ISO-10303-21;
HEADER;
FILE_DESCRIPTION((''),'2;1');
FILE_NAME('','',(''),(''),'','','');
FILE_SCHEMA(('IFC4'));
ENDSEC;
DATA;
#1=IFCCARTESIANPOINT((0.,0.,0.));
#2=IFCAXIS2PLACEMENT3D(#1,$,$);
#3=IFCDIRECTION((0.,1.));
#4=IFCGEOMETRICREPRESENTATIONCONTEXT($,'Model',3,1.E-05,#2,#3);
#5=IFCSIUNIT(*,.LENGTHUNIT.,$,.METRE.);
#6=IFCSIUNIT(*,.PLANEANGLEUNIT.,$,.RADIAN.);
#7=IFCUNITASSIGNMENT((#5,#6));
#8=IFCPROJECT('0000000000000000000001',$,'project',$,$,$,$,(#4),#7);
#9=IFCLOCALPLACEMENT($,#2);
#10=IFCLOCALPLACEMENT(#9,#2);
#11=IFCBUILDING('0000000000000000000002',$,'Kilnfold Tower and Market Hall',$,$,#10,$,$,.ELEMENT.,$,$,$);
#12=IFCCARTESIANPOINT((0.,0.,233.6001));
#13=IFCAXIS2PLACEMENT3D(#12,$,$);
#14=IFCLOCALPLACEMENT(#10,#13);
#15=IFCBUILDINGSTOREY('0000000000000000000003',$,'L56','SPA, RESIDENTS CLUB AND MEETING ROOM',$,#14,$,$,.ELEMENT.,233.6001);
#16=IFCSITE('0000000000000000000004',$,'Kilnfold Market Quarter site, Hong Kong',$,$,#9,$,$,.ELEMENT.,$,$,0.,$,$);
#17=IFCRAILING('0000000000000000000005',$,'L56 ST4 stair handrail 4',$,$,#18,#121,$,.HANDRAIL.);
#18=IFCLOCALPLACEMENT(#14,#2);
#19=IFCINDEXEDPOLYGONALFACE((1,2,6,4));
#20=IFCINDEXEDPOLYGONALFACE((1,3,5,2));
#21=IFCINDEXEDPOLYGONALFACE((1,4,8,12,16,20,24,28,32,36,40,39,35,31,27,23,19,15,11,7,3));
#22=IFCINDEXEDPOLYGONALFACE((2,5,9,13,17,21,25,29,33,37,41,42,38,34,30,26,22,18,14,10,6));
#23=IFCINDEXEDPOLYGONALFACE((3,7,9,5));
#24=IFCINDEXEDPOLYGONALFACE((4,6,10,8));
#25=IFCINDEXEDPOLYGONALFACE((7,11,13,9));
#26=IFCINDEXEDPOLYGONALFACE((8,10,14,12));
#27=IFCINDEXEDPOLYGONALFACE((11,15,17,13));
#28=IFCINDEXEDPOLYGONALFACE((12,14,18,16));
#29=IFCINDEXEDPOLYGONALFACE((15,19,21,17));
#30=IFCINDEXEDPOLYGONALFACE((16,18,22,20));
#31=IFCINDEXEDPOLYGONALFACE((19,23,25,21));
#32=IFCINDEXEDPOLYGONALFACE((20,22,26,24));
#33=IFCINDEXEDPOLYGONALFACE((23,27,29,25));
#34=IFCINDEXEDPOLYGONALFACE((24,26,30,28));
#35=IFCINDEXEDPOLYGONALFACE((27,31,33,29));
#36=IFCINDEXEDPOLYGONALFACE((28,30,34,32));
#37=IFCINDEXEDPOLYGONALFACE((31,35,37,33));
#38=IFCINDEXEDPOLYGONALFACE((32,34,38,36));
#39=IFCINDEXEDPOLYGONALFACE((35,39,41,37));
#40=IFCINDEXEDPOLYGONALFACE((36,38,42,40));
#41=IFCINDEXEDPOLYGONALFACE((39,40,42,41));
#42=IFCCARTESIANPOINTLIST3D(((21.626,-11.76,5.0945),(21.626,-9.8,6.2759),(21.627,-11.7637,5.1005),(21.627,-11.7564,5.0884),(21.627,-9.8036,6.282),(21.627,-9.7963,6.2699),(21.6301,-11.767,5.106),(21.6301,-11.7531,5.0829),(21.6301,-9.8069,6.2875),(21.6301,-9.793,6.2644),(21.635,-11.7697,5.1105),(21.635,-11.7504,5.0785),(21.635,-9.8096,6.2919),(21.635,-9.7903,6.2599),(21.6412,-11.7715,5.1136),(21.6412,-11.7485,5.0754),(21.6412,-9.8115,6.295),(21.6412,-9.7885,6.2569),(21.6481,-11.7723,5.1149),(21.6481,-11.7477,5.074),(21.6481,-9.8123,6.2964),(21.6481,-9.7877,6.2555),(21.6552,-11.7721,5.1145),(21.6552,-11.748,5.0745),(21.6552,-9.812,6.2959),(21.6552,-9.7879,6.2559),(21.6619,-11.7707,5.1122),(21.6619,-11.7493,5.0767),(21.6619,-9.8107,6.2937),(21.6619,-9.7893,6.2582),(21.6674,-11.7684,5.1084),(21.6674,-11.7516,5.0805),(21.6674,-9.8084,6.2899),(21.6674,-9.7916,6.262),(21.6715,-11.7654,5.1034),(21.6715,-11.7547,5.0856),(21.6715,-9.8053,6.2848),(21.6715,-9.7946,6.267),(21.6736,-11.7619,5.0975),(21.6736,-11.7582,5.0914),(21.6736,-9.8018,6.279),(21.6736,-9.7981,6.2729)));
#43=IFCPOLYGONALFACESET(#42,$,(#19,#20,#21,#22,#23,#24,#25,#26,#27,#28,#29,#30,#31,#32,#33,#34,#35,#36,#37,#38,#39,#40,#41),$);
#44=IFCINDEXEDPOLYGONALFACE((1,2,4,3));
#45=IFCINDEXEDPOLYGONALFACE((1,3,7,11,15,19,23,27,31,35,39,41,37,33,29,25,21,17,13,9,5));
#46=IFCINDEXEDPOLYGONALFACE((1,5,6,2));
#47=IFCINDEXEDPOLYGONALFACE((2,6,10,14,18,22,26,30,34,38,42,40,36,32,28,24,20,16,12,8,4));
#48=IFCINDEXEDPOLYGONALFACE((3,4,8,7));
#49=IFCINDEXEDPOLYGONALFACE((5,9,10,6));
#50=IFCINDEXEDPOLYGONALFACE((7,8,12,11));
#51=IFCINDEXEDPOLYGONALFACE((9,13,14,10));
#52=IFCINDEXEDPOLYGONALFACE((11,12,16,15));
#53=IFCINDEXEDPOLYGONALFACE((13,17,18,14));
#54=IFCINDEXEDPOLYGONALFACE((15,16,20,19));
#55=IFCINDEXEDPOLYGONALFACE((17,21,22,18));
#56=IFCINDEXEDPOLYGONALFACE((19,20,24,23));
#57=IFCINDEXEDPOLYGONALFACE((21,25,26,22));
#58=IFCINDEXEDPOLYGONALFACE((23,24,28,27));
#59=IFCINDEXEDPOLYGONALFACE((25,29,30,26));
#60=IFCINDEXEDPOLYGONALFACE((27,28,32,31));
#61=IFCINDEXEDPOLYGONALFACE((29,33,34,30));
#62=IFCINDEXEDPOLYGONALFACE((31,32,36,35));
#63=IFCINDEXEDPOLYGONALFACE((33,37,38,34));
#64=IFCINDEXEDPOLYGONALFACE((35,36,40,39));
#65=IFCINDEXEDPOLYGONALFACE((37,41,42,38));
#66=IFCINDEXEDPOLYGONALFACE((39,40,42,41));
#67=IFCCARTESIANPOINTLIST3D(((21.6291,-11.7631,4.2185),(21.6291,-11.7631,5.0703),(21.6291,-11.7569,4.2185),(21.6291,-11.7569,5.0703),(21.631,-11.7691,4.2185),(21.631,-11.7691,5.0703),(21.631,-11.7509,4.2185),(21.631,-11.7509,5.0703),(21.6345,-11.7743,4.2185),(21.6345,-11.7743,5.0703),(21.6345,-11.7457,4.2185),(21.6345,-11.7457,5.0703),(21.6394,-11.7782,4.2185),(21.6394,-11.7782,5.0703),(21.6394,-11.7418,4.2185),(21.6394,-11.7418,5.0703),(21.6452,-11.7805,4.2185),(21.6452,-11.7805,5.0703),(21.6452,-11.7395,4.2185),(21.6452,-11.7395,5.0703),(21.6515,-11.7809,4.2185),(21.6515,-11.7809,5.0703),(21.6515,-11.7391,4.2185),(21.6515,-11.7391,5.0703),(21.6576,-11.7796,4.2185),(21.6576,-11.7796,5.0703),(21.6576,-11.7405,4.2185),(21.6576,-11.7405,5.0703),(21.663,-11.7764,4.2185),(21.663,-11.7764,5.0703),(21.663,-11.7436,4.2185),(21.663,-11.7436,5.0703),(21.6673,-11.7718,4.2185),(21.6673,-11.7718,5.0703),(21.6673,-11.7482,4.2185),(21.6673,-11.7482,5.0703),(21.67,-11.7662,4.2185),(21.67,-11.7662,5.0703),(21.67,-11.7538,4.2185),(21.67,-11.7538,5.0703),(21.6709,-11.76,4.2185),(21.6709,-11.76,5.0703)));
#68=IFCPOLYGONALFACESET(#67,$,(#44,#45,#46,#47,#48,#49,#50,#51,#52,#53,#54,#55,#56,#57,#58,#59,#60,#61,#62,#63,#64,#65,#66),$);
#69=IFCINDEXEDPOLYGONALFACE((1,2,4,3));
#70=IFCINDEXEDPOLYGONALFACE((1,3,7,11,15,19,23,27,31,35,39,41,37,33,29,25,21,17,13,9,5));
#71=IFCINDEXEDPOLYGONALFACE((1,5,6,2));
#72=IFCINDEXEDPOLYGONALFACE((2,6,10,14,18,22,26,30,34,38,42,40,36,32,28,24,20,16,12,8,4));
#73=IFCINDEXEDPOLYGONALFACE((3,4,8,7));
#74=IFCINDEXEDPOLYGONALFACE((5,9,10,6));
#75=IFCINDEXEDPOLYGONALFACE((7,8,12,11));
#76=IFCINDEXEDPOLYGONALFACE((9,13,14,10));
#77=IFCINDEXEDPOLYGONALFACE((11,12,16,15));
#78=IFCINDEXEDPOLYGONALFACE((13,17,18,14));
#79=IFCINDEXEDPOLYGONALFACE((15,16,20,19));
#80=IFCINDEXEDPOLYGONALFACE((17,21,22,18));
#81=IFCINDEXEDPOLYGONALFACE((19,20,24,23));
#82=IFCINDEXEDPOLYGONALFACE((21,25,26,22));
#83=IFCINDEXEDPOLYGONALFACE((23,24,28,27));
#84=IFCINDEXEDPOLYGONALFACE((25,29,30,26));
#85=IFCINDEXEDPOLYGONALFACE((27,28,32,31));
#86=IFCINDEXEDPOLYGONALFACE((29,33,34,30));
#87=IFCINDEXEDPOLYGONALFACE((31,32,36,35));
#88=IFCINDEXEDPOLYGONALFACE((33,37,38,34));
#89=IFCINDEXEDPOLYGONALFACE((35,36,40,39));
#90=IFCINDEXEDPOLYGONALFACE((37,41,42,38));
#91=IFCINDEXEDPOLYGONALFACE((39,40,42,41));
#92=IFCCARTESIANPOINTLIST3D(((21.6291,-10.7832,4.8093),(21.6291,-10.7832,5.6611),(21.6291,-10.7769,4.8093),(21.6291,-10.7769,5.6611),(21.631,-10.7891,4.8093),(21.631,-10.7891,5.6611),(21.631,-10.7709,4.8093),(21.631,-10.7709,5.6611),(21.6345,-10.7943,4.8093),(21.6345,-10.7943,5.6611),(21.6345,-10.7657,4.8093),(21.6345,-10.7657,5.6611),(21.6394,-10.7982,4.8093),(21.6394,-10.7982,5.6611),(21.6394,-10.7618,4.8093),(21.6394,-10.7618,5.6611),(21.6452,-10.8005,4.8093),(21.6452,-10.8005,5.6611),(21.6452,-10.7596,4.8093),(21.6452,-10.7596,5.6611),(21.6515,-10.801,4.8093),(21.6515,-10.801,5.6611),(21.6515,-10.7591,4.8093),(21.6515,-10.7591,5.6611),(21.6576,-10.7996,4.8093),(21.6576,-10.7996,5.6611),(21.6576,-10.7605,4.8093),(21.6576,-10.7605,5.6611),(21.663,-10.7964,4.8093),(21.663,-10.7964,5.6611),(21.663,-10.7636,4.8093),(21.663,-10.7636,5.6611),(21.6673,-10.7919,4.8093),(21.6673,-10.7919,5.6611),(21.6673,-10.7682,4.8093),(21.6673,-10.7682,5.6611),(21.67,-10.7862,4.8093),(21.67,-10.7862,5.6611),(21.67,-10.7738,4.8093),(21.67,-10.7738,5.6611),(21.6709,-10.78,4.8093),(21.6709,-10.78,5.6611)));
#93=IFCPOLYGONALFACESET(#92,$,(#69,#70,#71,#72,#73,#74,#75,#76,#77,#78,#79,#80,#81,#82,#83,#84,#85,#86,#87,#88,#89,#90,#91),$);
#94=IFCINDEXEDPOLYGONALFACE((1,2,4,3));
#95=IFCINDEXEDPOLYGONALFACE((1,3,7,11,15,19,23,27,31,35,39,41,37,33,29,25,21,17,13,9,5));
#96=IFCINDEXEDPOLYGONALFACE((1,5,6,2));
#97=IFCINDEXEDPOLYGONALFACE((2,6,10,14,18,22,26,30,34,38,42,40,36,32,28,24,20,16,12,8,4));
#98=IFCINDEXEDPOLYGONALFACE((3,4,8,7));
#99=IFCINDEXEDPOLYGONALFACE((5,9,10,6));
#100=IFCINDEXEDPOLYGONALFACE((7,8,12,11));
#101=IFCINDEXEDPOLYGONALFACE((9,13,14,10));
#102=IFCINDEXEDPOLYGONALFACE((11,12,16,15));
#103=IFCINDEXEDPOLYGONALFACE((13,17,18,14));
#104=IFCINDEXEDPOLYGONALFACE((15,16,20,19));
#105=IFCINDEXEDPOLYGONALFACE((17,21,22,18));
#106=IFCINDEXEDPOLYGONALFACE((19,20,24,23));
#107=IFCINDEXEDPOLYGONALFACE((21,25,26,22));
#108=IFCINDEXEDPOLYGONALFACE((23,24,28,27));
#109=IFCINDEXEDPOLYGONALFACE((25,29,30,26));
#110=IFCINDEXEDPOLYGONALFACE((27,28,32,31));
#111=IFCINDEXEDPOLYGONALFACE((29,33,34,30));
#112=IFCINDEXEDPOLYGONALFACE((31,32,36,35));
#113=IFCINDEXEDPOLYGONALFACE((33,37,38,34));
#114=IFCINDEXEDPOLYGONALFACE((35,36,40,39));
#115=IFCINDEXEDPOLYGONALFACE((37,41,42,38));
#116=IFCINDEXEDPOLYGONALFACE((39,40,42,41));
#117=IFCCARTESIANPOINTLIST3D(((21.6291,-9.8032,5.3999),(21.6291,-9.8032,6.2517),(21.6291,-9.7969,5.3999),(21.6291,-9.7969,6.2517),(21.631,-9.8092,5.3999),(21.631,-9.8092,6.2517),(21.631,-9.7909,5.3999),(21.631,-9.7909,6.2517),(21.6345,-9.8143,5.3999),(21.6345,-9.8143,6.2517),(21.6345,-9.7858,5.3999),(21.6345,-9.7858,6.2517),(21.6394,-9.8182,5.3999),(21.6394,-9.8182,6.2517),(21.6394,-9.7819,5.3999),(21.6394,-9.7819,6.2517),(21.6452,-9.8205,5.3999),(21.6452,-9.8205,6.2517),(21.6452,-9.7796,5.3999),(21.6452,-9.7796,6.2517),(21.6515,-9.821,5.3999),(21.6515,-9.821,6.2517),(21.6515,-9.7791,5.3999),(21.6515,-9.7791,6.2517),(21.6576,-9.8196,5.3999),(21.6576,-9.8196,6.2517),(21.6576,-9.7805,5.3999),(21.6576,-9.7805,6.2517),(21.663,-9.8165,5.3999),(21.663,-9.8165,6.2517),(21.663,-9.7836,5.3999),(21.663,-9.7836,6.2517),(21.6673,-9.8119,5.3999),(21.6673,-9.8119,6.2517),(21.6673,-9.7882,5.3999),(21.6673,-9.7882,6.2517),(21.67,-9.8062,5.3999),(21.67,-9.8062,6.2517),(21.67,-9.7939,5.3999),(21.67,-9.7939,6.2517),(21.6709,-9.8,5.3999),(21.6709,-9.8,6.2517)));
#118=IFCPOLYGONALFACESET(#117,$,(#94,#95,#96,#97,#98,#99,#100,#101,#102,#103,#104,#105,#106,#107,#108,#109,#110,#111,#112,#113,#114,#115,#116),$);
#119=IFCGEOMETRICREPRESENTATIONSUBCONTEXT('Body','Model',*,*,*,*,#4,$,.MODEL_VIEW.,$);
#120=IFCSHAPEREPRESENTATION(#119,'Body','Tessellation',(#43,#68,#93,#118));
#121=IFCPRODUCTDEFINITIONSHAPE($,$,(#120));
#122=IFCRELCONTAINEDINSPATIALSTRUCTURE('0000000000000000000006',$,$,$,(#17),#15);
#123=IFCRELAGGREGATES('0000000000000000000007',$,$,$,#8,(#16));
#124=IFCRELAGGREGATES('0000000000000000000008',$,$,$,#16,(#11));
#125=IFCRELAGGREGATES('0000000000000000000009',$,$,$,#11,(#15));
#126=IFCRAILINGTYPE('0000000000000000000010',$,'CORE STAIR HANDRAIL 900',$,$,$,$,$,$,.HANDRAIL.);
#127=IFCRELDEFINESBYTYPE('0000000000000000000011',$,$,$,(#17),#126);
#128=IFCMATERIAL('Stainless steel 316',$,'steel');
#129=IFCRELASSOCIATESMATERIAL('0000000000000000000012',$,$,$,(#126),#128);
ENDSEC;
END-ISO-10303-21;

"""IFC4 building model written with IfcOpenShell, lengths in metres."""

from ifc_helpers import new_model, si_unit, direction, frame, origin, origin_2d, place, context, subcontext, project, spatial, circle, extrude, material, type_object, element, save


model = new_model("IFC4")

# Units and contexts
model_context = context("Model", 3, precision=1e-05, world=origin(), true_north=direction((0.0, 1.0)))
body_context = subcontext(model_context, "Body", "Model", "MODEL_VIEW")
ifc_project = project(units=[si_unit("LENGTHUNIT", "METRE"), si_unit("PLANEANGLEUNIT", "RADIAN")], contexts=[model_context])

# Site, building, storey
site_placement = place(None, origin())
site = spatial("IfcSite", under=ifc_project, at=site_placement, Name="Kilnfold Market Quarter site, Hong Kong", CompositionType="ELEMENT", RefElevation=0.0)
building_placement = place(site_placement, origin())
building = spatial("IfcBuilding", under=site, at=building_placement, Name="Kilnfold Tower and Market Hall", CompositionType="ELEMENT")
storey_placement = place(building_placement, frame((0.0, 0.0, 233.6001)))
storey = spatial("IfcBuildingStorey", under=building, at=storey_placement, Name="L56", Description="SPA, RESIDENTS CLUB AND MEETING ROOM", CompositionType="ELEMENT", Elevation=233.6001)

# Railing
ifc_material_1 = material(Name="Stainless steel 316", Category="steel")
railing_type_1 = type_object("IfcRailingType", Name="CORE STAIR HANDRAIL 900", PredefinedType="HANDRAIL", material=ifc_material_1)
railing_1_placement = place(storey_placement, frame((21.6499, -11.76, 4.2185)))
element("IfcRailing", 1, at=railing_1_placement, inside=storey, type_object=railing_type_1, Name="L56 ST4 stair handrail 4", PredefinedType="HANDRAIL", context=body_context, shape_type="SweptSolid", body=[
    extrude(circle(Radius=0.0239, at=origin_2d()), frame((0.0, 0.0, 0.876), z_axis=(0.0, 0.856446, 0.516236), x_axis=(-1.0, 0.0, 0.0)), (0.0, 0.0, 1.0), 2.2886),
    extrude(circle(Radius=0.021, at=origin_2d()), origin(), (0.0, 0.0, 1.0), 0.8518),
    extrude(circle(Radius=0.021, at=origin_2d()), frame((0.0, 0.98, 0.5908)), (0.0, 0.0, 1.0), 0.8518),
    extrude(circle(Radius=0.021, at=origin_2d()), frame((0.0, 1.96, 1.1814)), (0.0, 0.0, 1.0), 0.8518),
])

save(model, "model.ifc")
